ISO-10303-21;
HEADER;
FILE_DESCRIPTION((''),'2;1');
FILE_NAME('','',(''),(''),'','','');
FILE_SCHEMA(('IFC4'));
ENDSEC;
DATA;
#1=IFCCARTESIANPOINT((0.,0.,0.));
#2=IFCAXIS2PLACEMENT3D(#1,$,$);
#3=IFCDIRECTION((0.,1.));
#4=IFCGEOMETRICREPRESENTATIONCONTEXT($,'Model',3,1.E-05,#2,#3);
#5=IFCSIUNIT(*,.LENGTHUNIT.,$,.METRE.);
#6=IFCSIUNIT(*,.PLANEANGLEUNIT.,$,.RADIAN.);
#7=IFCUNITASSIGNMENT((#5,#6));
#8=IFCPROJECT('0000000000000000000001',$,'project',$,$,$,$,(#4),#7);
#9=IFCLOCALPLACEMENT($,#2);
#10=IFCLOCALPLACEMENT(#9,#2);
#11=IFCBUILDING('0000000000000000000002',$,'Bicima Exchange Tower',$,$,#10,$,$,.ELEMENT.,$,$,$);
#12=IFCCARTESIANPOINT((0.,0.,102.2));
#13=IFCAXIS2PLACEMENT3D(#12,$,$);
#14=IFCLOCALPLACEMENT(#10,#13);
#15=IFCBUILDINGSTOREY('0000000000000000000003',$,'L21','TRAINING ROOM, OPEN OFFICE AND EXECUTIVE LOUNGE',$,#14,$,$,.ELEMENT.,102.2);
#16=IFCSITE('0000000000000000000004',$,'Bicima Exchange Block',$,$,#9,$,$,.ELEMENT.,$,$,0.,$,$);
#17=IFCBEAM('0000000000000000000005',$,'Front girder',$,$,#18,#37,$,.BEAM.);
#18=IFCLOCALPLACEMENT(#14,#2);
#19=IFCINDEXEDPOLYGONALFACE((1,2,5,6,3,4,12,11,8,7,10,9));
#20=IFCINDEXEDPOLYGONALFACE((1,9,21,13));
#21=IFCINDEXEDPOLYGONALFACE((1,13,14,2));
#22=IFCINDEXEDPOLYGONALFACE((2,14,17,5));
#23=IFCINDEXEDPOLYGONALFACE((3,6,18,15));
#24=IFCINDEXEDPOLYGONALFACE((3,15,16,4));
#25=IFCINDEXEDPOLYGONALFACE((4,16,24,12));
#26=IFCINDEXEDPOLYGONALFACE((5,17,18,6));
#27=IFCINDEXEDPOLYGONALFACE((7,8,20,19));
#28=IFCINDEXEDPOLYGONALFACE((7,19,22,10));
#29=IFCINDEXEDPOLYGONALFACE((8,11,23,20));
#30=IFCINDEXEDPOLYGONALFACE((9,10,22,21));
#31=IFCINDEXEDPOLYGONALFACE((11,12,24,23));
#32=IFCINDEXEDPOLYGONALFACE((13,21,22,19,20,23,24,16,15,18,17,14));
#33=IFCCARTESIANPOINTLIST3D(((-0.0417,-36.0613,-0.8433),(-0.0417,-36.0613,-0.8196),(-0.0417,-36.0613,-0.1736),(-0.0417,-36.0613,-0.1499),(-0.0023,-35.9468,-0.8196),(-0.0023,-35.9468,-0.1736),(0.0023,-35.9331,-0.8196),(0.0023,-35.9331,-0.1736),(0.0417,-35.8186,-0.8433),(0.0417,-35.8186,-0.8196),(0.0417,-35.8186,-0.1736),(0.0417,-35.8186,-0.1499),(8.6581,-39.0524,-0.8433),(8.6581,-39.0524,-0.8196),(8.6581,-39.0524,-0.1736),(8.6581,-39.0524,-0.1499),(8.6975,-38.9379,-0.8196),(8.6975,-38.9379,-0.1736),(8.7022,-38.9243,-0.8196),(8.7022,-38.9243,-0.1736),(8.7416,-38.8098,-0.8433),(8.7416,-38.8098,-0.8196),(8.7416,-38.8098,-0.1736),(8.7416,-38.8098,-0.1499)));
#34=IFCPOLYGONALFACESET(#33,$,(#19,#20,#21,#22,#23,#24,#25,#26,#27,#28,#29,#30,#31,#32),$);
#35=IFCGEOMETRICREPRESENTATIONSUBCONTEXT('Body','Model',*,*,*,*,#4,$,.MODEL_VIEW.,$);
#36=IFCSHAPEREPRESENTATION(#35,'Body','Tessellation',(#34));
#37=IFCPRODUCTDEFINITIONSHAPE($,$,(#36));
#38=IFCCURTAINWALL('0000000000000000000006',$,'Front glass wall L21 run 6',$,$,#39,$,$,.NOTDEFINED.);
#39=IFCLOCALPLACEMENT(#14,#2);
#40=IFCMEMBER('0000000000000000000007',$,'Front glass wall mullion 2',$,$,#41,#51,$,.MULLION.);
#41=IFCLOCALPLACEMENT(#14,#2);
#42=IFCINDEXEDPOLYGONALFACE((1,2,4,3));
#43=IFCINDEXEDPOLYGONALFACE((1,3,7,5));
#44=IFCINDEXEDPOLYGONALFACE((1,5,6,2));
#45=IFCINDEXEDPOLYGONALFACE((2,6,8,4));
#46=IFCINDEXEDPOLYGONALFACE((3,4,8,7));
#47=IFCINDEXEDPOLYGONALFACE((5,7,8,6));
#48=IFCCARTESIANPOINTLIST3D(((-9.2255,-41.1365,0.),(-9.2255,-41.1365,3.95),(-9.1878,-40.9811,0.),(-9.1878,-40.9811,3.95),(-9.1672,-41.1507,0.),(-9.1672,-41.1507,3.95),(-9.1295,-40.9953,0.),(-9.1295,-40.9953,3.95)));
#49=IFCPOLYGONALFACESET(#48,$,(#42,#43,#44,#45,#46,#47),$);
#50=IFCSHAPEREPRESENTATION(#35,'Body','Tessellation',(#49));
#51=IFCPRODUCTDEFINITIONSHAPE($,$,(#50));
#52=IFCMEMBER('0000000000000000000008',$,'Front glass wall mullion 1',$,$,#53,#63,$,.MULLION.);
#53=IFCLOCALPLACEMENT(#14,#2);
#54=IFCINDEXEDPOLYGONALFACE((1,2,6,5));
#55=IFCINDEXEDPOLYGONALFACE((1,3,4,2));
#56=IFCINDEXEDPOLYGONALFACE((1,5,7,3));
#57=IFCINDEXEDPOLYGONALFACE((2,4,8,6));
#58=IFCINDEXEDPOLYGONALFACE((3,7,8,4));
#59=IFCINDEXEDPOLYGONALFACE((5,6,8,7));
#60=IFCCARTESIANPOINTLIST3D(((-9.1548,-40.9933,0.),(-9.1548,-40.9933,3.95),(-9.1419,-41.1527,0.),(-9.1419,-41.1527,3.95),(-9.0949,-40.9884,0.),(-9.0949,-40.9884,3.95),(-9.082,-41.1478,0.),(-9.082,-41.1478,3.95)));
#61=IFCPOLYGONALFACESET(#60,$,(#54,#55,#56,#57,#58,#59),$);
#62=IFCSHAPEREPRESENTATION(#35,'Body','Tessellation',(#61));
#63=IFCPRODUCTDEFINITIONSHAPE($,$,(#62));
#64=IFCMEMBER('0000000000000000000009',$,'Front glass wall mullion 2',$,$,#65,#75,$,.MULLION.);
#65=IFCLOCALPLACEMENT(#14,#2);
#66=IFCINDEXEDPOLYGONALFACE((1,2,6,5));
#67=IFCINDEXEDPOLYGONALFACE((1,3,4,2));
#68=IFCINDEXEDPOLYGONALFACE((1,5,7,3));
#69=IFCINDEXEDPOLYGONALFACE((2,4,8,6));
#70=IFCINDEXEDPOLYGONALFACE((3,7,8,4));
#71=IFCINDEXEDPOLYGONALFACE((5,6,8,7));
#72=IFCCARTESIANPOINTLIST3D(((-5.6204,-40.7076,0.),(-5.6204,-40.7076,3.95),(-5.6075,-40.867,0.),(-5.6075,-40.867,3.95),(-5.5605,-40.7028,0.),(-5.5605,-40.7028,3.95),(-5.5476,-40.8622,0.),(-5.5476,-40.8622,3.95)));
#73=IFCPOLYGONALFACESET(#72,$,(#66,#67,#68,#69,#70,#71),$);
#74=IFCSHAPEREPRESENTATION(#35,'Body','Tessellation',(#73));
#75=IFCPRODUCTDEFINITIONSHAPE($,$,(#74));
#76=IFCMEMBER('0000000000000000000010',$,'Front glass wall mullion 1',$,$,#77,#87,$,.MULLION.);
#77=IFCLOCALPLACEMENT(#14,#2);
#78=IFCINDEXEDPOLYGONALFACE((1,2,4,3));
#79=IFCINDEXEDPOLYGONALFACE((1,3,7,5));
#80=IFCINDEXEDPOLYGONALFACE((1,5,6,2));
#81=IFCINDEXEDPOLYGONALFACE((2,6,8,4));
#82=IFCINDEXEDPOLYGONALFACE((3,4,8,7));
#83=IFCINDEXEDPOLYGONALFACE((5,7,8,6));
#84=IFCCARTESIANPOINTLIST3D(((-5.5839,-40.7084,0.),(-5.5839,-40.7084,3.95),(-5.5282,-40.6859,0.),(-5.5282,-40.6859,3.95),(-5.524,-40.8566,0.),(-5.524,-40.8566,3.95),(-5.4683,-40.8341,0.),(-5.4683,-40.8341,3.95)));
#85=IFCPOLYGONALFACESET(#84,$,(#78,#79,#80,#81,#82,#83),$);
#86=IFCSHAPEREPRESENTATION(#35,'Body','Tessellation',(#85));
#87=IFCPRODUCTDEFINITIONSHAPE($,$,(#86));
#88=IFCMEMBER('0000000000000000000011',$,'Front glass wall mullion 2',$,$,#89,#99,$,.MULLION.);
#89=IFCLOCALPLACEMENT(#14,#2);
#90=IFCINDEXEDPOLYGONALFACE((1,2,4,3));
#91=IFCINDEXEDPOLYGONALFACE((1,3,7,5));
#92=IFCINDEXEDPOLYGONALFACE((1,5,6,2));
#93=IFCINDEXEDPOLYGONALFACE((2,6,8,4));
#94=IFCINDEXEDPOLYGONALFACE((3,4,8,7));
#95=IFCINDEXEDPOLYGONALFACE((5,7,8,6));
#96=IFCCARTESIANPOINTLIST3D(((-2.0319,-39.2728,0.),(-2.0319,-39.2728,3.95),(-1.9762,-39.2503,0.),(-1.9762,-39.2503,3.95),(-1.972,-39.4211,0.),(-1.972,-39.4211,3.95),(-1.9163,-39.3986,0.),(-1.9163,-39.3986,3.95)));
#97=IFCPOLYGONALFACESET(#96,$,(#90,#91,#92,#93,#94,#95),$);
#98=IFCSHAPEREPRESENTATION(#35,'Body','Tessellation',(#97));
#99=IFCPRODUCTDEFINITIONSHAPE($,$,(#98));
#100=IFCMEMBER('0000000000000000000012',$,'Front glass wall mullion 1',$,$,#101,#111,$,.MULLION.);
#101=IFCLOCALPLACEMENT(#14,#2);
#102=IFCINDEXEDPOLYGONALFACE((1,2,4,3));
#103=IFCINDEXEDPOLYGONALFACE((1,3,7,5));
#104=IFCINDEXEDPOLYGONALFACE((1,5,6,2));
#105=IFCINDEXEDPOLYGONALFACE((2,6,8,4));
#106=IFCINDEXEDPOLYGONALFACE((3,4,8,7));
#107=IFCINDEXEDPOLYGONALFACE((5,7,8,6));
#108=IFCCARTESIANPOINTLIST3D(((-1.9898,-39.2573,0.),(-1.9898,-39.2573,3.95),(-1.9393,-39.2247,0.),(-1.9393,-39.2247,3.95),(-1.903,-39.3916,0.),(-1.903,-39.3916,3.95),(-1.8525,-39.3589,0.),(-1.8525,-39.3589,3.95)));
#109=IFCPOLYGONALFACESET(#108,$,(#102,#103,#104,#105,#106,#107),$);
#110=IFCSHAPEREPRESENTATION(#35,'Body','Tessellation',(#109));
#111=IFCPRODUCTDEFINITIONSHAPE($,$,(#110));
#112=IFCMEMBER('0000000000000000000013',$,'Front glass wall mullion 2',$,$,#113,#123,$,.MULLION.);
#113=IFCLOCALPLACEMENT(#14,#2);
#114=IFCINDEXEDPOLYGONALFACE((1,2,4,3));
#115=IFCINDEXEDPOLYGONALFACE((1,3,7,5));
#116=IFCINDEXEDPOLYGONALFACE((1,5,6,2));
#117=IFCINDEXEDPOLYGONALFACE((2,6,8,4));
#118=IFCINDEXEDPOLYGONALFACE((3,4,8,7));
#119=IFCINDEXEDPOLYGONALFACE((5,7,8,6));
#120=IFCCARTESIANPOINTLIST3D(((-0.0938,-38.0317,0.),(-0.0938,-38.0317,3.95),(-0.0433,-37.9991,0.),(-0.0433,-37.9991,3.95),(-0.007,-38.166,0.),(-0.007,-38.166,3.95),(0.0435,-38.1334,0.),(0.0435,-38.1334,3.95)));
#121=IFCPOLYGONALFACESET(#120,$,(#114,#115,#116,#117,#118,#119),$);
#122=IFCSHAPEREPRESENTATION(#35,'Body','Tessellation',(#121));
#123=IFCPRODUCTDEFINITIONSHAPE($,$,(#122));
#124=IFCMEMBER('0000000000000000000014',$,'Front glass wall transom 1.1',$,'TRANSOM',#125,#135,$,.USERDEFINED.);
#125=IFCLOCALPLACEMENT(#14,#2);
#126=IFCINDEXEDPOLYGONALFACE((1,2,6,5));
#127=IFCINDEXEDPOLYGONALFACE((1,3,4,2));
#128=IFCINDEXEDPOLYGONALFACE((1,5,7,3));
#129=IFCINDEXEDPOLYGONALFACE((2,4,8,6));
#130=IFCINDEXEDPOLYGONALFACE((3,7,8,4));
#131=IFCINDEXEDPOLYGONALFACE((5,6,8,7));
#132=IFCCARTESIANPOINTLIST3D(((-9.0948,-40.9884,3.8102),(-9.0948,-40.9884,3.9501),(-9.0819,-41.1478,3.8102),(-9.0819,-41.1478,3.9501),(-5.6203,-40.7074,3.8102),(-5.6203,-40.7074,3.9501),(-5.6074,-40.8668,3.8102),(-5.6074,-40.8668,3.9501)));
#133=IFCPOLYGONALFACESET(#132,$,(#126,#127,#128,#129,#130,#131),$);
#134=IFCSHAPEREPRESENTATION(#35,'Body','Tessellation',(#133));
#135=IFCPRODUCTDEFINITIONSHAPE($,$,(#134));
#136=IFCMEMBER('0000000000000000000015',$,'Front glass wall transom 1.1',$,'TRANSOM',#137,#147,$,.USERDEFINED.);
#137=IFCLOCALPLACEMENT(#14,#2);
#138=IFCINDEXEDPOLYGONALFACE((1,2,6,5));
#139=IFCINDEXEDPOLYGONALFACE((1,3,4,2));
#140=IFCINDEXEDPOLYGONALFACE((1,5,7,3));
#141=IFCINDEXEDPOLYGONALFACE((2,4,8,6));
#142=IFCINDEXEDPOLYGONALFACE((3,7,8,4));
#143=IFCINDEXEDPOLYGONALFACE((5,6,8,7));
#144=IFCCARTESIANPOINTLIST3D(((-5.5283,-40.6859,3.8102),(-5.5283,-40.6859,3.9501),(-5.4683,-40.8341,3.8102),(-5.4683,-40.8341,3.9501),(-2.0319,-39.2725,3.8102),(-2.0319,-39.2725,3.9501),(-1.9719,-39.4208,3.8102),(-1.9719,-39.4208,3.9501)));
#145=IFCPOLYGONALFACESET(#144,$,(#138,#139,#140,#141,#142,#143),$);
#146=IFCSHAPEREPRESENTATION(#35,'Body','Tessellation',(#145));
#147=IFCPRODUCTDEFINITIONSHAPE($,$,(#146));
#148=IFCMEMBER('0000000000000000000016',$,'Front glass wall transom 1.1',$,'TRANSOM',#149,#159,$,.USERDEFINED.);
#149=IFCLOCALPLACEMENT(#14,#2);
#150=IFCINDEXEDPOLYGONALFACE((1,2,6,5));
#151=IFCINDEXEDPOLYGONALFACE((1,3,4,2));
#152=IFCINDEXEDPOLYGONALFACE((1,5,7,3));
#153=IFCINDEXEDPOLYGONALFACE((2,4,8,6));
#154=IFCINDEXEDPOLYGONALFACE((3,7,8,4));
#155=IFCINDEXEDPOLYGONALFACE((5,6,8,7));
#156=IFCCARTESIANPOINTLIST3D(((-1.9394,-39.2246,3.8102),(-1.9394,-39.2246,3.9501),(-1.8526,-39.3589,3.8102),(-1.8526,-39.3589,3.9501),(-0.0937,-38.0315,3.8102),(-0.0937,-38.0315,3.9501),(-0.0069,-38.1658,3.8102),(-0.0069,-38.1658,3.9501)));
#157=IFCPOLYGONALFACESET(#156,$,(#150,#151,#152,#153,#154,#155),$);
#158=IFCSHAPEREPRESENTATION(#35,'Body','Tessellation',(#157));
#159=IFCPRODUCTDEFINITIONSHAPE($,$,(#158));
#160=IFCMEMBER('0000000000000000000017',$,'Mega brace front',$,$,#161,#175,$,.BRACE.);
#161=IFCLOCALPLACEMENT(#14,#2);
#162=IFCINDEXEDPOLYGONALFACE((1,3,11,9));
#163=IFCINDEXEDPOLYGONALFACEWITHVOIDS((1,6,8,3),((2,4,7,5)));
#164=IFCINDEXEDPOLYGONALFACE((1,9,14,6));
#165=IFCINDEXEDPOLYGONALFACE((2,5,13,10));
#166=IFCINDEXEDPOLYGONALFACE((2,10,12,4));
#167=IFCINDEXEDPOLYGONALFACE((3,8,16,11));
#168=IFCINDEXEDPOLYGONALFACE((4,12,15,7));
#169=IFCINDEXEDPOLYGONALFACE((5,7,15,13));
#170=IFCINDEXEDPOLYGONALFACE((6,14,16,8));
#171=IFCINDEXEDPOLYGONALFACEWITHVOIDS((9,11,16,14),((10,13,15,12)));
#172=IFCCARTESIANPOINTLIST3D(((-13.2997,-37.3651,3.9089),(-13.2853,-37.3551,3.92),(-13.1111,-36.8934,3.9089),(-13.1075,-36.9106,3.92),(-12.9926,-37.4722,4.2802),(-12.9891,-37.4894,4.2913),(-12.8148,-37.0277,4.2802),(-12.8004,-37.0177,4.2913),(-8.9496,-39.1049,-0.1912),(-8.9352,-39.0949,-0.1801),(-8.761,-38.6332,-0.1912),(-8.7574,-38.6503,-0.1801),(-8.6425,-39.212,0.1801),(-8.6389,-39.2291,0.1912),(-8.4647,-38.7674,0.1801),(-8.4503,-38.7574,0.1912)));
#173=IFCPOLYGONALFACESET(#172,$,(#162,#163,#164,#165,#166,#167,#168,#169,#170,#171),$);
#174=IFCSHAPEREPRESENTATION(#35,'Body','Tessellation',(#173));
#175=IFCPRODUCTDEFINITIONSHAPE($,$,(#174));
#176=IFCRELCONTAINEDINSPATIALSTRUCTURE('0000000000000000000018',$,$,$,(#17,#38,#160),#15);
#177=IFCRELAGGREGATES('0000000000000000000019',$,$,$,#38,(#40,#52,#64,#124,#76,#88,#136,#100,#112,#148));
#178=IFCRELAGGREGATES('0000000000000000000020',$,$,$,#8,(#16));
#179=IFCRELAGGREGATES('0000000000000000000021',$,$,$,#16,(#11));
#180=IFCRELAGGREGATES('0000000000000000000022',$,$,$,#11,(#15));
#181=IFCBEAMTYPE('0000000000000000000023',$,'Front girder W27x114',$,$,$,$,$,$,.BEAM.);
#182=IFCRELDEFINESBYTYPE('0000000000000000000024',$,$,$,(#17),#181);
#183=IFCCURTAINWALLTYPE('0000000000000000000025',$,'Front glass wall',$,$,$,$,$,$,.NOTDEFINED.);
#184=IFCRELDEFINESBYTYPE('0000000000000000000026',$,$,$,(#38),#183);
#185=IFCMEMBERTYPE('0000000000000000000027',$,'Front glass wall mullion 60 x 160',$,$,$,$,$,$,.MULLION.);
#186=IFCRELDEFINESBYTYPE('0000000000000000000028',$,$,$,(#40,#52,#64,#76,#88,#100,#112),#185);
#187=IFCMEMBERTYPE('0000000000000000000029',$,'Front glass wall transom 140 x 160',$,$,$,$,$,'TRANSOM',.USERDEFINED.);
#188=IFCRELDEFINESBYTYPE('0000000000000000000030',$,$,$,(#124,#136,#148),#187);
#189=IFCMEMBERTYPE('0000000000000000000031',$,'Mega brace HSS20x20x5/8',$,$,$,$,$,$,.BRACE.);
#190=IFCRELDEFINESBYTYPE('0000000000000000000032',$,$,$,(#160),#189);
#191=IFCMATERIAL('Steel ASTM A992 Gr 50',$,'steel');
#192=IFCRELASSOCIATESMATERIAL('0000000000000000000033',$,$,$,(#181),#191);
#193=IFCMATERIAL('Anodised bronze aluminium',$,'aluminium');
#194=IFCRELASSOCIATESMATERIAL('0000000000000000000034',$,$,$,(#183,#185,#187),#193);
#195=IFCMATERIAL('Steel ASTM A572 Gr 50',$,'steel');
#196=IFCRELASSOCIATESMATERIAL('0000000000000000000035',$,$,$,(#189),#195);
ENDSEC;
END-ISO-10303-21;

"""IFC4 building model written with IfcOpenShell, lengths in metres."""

from ifc_helpers import new_model, si_unit, direction, frame, origin, origin_2d, place, context, subcontext, project, spatial, rectangle, hollow_rectangle, i_section, extrude, material, material_profile, profile_set, type_object, element, aggregate, save


model = new_model("IFC4")

# Units and contexts
model_context = context("Model", 3, precision=1e-05, world=origin(), true_north=direction((0.0, 1.0)))
body_context = subcontext(model_context, "Body", "Model", "MODEL_VIEW")
ifc_project = project(units=[si_unit("LENGTHUNIT", "METRE"), si_unit("PLANEANGLEUNIT", "RADIAN")], contexts=[model_context])

# Site, building, storey
site_placement = place(None, origin())
site = spatial("IfcSite", under=ifc_project, at=site_placement, Name="Bicima Exchange Block", CompositionType="ELEMENT", RefElevation=0.0)
building_placement = place(site_placement, origin())
building = spatial("IfcBuilding", under=site, at=building_placement, Name="Bicima Exchange Tower", CompositionType="ELEMENT")
storey_placement = place(building_placement, frame((0.0, 0.0, 102.2)))
storey = spatial("IfcBuildingStorey", under=building, at=storey_placement, Name="L21", Description="TRAINING ROOM, OPEN OFFICE AND EXECUTIVE LOUNGE", CompositionType="ELEMENT", Elevation=102.2)

# Shared definitions
ifc_material_1 = material(Name="Steel ASTM A992 Gr 50", Category="steel")

# Shared definitions
ifc_material_2 = material(Name="Steel ASTM A572 Gr 50", Category="steel")

# Beam
ifc_material_profile_1 = material_profile(ifc_material_1, i_section(OverallWidth=0.2566, OverallDepth=0.6934, WebThickness=0.0144, FlangeThickness=0.0237, at=origin_2d()))
ifc_profile_set_1 = profile_set([ifc_material_profile_1], Name="Steel ASTM A992 Gr 50")
beam_type_1 = type_object("IfcBeamType", Name="Front girder W27x114", PredefinedType="BEAM", material=ifc_profile_set_1)
for number, where, z_axis, x_axis, name in (
    (1, (0.0, -35.9399, -0.4966), (0.945666, -0.325138, 0.0), (0.325138, 0.945666, 0.0), "Front girder"),
):
    element("IfcBeam", number, at=place(storey_placement, frame(where, z_axis=z_axis, x_axis=x_axis)), inside=storey, type_object=beam_type_1, Name=name, PredefinedType="BEAM", context=body_context, shape_type="SweptSolid", body=[
        extrude(i_section(OverallWidth=0.2566, OverallDepth=0.6934, WebThickness=0.0144, FlangeThickness=0.0237, at=origin_2d()), origin(), (0.0, 0.0, 1.0), 9.1997),
    ])

# Curtain wall, members
ifc_material_3 = material(Name="Anodised bronze aluminium", Category="aluminium")
curtain_wall_type = type_object("IfcCurtainWallType", Name="Front glass wall", PredefinedType="NOTDEFINED", material=ifc_material_3)
curtain_wall_placement = place(storey_placement, origin())
curtain_wall = element("IfcCurtainWall", 2, at=curtain_wall_placement, inside=storey, type_object=curtain_wall_type, Name="Front glass wall L21 run 6", PredefinedType="NOTDEFINED")
ifc_material_profile_2 = material_profile(ifc_material_3, rectangle(XDim=0.1599, YDim=0.0601, at=origin_2d()))
ifc_profile_set_2 = profile_set([ifc_material_profile_2], Name="Anodised bronze aluminium")
member_type_1 = type_object("IfcMemberType", Name="Front glass wall mullion 60 x 160", PredefinedType="MULLION", material=ifc_profile_set_2)
member_1_placement = place(storey_placement, frame((-9.1775, -41.0659, 0.0), z_axis=(0.0, 0.0, 1.0), x_axis=(0.235682, 0.97183, 0.0)))
member_1 = element("IfcMember", 3, at=member_1_placement, type_object=member_type_1, Name="Front glass wall mullion 2", PredefinedType="MULLION", context=body_context, shape_type="SweptSolid", body=[
    extrude(rectangle(XDim=0.1599, YDim=0.0601, at=origin_2d()), origin(), (0.0, 0.0, 1.0), 3.95),
])
member_2_placement = place(storey_placement, frame((-9.1184, -41.0706, 0.0), z_axis=(0.0, 0.0, 1.0), x_axis=(-0.080589, 0.996747, 0.0)))
member_2 = element("IfcMember", 4, at=member_2_placement, type_object=member_type_1, Name="Front glass wall mullion 1", PredefinedType="MULLION", context=body_context, shape_type="SweptSolid", body=[
    extrude(rectangle(XDim=0.1599, YDim=0.0601, at=origin_2d()), origin(), (0.0, 0.0, 1.0), 3.95),
])
member_3_placement = place(storey_placement, frame((-5.584, -40.7849, 0.0), z_axis=(0.0, 0.0, 1.0), x_axis=(-0.080589, 0.996747, 0.0)))
member_3 = element("IfcMember", 5, at=member_3_placement, type_object=member_type_1, Name="Front glass wall mullion 2", PredefinedType="MULLION", context=body_context, shape_type="SweptSolid", body=[
    extrude(rectangle(XDim=0.1599, YDim=0.0601, at=origin_2d()), origin(), (0.0, 0.0, 1.0), 3.95),
])
member_4_placement = place(storey_placement, frame((-5.5261, -40.7712, 0.0), z_axis=(0.0, 0.0, 1.0), x_axis=(-0.374705, 0.927144, 0.0)))
member_4 = element("IfcMember", 6, at=member_4_placement, type_object=member_type_1, Name="Front glass wall mullion 1", PredefinedType="MULLION", context=body_context, shape_type="SweptSolid", body=[
    extrude(rectangle(XDim=0.1599, YDim=0.0601, at=origin_2d()), origin(), (0.0, 0.0, 1.0), 3.95),
])
member_5_placement = place(storey_placement, frame((-1.9741, -39.3357, 0.0), z_axis=(0.0, 0.0, 1.0), x_axis=(-0.374705, 0.927144, 0.0)))
member_5 = element("IfcMember", 7, at=member_5_placement, type_object=member_type_1, Name="Front glass wall mullion 2", PredefinedType="MULLION", context=body_context, shape_type="SweptSolid", body=[
    extrude(rectangle(XDim=0.1599, YDim=0.0601, at=origin_2d()), origin(), (0.0, 0.0, 1.0), 3.95),
])
member_6_placement = place(storey_placement, frame((-1.9211, -39.3081, 0.0), z_axis=(0.0, 0.0, 1.0), x_axis=(-0.542897, 0.839799, 0.0)))
member_6 = element("IfcMember", 8, at=member_6_placement, type_object=member_type_1, Name="Front glass wall mullion 1", PredefinedType="MULLION", context=body_context, shape_type="SweptSolid", body=[
    extrude(rectangle(XDim=0.1599, YDim=0.0601, at=origin_2d()), origin(), (0.0, 0.0, 1.0), 3.95),
])
member_7_placement = place(storey_placement, frame((-0.0251, -38.0825, 0.0), z_axis=(0.0, 0.0, 1.0), x_axis=(-0.542897, 0.839799, 0.0)))
member_7 = element("IfcMember", 9, at=member_7_placement, type_object=member_type_1, Name="Front glass wall mullion 2", PredefinedType="MULLION", context=body_context, shape_type="SweptSolid", body=[
    extrude(rectangle(XDim=0.1599, YDim=0.0601, at=origin_2d()), origin(), (0.0, 0.0, 1.0), 3.95),
])
ifc_material_profile_3 = material_profile(ifc_material_3, rectangle(XDim=0.1599, YDim=0.1399, at=origin_2d()))
ifc_profile_set_3 = profile_set([ifc_material_profile_3], Name="Anodised bronze aluminium")
member_type_2 = type_object("IfcMemberType", Name="Front glass wall transom 140 x 160", ElementType="TRANSOM", PredefinedType="USERDEFINED", material=ifc_profile_set_3)
member_8_placement = place(storey_placement, frame((-9.0884, -41.0681, 3.8801), z_axis=(0.996746, 0.080611, 0.0), x_axis=(-0.080611, 0.996746, 0.0)))
member_8 = element("IfcMember", 10, at=member_8_placement, type_object=member_type_2, Name="Front glass wall transom 1.1", ObjectType="TRANSOM", PredefinedType="USERDEFINED", context=body_context, shape_type="SweptSolid", body=[
    extrude(rectangle(XDim=0.1599, YDim=0.1399, at=origin_2d()), origin(), (0.0, 0.0, 1.0), 3.4858),
])
member_9_placement = place(storey_placement, frame((-5.4983, -40.76, 3.8801), z_axis=(0.927118, 0.37477, 0.0), x_axis=(-0.37477, 0.927118, 0.0)))
member_9 = element("IfcMember", 11, at=member_9_placement, type_object=member_type_2, Name="Front glass wall transom 1.1", ObjectType="TRANSOM", PredefinedType="USERDEFINED", context=body_context, shape_type="SweptSolid", body=[
    extrude(rectangle(XDim=0.1599, YDim=0.1399, at=origin_2d()), origin(), (0.0, 0.0, 1.0), 3.7712),
])
member_10_placement = place(storey_placement, frame((-1.896, -39.2917, 3.8801), z_axis=(0.839811, 0.542878, 0.0), x_axis=(-0.542878, 0.839811, 0.0)))
member_10 = element("IfcMember", 12, at=member_10_placement, type_object=member_type_2, Name="Front glass wall transom 1.1", ObjectType="TRANSOM", PredefinedType="USERDEFINED", context=body_context, shape_type="SweptSolid", body=[
    extrude(rectangle(XDim=0.1599, YDim=0.1399, at=origin_2d()), origin(), (0.0, 0.0, 1.0), 2.1978),
])

# Member
ifc_material_profile_4 = material_profile(ifc_material_2, hollow_rectangle(XDim=0.5081, YDim=0.5081, WallThickness=0.0146, at=origin_2d()))
ifc_profile_set_4 = profile_set([ifc_material_profile_4], Name="Steel ASTM A572 Gr 50")
member_type_3 = type_object("IfcMemberType", Name="Mega brace HSS20x20x5/8", PredefinedType="BRACE", material=ifc_profile_set_4)
member_11_placement = place(storey_placement, frame((-8.7, -38.9312, 0.0), z_axis=(-0.698719, 0.27944, 0.658563), x_axis=(-0.371337, -0.928498, 0.0)))
element("IfcMember", 13, at=member_11_placement, inside=storey, type_object=member_type_3, Name="Mega brace front", PredefinedType="BRACE", context=body_context, shape_type="SweptSolid", body=[
    extrude(hollow_rectangle(XDim=0.5081, YDim=0.5081, WallThickness=0.0146, at=origin_2d()), origin(), (0.0, 0.0, 1.0), 6.2258),
])

aggregate(curtain_wall, [member_1, member_2, member_3, member_8, member_4, member_5, member_9, member_6, member_7, member_10])

save(model, "model.ifc")
